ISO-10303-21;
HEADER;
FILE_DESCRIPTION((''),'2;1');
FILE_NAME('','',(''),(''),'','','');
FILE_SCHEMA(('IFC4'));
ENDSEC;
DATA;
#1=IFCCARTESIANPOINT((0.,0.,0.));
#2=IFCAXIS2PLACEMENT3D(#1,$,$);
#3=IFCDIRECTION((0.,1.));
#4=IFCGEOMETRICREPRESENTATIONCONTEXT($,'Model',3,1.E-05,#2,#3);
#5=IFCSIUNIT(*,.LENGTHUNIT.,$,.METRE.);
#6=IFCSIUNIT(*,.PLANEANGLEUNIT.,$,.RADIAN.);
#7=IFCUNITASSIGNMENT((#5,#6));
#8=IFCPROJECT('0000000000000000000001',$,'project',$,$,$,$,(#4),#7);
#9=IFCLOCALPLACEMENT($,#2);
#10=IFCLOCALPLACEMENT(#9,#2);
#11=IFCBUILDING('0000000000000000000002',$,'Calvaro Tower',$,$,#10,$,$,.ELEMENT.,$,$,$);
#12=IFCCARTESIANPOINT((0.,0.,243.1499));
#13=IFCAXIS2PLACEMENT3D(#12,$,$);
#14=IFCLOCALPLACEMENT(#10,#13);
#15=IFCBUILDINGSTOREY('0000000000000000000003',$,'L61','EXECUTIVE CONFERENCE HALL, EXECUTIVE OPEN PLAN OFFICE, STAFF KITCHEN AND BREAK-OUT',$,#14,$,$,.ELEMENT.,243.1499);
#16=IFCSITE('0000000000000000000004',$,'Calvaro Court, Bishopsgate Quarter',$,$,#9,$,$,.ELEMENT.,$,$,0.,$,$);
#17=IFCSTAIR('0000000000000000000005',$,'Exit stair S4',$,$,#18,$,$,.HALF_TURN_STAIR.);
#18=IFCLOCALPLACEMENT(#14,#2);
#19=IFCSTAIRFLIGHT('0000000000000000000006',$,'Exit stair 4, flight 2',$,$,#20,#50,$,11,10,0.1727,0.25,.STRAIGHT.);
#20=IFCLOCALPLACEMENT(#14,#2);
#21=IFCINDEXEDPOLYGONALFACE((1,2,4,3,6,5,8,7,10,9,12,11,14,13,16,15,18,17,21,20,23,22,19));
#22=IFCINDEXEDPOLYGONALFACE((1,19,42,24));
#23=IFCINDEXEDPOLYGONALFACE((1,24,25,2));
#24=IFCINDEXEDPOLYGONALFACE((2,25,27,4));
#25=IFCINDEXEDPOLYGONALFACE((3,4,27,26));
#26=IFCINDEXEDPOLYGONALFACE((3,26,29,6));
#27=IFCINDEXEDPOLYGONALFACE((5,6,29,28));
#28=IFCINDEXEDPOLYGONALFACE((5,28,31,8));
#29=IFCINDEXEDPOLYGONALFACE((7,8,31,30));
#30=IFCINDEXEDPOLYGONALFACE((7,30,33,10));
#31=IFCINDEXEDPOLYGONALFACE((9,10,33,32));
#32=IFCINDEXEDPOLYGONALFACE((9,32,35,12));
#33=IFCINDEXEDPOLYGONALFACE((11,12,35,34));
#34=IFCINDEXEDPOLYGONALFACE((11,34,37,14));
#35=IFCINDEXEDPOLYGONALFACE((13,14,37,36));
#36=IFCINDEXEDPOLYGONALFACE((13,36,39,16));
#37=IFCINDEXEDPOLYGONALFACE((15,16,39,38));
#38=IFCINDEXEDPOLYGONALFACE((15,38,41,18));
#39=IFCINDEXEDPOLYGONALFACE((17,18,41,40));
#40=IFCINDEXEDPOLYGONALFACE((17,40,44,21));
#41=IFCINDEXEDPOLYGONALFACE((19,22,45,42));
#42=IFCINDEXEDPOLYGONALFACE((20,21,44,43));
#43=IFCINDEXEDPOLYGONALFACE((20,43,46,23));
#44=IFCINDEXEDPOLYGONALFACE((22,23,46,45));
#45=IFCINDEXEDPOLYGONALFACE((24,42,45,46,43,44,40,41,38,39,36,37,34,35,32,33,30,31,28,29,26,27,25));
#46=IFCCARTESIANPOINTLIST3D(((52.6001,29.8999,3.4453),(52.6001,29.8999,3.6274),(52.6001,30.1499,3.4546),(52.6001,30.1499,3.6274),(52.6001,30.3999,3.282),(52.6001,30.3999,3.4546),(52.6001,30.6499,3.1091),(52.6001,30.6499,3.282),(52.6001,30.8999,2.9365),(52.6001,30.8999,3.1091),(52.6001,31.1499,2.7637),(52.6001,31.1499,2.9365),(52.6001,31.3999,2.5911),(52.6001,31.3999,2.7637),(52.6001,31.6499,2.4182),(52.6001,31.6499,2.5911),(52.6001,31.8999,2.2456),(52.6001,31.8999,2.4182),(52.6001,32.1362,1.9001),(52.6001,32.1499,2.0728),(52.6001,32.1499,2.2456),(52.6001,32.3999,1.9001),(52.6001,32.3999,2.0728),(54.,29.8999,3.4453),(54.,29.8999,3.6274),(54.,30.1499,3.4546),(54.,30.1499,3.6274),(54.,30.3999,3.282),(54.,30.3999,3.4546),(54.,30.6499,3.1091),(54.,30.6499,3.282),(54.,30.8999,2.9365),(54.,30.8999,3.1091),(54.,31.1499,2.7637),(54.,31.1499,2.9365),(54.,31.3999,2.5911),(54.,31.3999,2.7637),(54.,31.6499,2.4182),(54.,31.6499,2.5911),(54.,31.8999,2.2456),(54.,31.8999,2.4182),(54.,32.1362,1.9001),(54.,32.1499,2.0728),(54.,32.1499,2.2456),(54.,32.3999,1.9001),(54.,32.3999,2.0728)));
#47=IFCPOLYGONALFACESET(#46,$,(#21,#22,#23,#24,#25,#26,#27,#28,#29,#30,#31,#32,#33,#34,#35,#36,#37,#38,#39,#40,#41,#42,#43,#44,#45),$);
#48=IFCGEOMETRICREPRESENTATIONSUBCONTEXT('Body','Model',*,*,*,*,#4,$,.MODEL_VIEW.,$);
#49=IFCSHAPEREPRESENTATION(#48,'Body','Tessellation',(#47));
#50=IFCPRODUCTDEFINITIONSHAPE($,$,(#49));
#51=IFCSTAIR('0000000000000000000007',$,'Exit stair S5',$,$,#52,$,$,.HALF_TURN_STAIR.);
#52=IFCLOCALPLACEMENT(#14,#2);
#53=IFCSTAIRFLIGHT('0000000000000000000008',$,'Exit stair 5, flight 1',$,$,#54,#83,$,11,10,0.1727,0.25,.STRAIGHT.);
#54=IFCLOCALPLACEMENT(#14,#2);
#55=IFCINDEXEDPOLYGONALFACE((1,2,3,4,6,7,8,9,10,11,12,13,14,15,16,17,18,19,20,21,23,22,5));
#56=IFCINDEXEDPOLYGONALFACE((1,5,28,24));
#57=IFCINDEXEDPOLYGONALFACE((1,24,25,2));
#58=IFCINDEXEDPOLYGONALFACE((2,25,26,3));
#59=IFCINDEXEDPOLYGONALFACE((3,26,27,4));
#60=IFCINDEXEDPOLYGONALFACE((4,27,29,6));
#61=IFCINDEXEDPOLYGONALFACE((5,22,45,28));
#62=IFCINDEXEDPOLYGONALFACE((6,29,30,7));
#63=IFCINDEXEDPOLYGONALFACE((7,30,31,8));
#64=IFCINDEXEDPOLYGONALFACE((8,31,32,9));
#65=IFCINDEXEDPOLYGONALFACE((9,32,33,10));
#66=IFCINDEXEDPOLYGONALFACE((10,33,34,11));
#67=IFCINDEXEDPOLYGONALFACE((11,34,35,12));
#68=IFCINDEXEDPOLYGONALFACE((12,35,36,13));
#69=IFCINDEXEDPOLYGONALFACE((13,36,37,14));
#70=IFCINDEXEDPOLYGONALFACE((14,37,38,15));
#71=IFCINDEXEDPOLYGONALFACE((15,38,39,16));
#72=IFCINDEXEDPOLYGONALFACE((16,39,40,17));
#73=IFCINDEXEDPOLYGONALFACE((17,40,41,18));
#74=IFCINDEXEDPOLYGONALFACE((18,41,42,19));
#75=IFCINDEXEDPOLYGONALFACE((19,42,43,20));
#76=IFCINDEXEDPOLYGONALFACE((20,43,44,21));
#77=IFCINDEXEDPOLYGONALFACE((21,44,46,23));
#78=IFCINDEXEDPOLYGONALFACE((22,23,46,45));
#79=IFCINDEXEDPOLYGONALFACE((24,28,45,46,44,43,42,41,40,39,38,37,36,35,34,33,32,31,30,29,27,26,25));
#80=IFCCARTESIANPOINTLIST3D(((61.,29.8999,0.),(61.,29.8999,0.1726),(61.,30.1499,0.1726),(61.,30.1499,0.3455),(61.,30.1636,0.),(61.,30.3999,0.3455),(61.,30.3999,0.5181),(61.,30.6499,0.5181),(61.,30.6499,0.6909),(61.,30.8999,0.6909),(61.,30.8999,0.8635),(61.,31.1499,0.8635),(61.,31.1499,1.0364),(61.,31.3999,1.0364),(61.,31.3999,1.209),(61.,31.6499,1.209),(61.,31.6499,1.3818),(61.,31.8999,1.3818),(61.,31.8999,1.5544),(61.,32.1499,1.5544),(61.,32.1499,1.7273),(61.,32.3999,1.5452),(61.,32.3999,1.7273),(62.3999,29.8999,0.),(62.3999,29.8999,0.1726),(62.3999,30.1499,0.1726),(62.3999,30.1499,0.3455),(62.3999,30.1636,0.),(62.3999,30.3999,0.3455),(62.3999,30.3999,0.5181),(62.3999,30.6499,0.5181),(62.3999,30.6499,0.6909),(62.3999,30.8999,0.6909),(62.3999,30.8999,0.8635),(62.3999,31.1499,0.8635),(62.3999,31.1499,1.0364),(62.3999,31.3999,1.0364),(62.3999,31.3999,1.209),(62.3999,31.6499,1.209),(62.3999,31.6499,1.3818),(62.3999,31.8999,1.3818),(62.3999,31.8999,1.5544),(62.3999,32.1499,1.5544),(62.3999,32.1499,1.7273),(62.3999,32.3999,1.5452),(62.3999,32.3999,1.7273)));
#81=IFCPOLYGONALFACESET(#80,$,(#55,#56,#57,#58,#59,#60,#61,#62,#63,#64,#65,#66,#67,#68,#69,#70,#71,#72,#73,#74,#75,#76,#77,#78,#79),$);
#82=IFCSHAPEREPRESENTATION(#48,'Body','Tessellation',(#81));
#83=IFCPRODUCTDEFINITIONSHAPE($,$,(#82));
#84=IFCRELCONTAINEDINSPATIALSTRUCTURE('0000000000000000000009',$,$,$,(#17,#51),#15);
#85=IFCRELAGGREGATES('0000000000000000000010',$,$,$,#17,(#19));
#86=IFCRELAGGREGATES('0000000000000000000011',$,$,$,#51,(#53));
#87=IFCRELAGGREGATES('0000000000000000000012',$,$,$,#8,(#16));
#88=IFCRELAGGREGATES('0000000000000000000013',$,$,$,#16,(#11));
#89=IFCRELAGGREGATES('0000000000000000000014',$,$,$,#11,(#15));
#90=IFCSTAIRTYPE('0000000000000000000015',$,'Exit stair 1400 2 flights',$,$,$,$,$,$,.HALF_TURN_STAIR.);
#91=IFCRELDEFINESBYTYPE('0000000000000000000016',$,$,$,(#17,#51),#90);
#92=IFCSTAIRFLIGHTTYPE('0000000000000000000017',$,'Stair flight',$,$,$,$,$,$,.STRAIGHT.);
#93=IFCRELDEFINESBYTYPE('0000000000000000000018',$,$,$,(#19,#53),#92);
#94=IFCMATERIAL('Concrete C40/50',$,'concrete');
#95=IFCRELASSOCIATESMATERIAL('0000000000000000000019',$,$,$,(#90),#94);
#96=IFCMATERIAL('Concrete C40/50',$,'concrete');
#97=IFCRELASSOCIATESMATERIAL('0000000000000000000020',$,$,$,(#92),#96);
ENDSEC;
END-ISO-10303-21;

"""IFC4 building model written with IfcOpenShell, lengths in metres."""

from ifc_helpers import new_model, si_unit, direction, frame, origin, place, context, subcontext, project, spatial, polyline, outline, extrude, material, type_object, element, aggregate, save


model = new_model("IFC4")

# Units and contexts
model_context = context("Model", 3, precision=1e-05, world=origin(), true_north=direction((0.0, 1.0)))
body_context = subcontext(model_context, "Body", "Model", "MODEL_VIEW")
ifc_project = project(units=[si_unit("LENGTHUNIT", "METRE"), si_unit("PLANEANGLEUNIT", "RADIAN")], contexts=[model_context])

# Site, building, storey
site_placement = place(None, origin())
site = spatial("IfcSite", under=ifc_project, at=site_placement, Name="Calvaro Court, Bishopsgate Quarter", CompositionType="ELEMENT", RefElevation=0.0)
building_placement = place(site_placement, origin())
building = spatial("IfcBuilding", under=site, at=building_placement, Name="Calvaro Tower", CompositionType="ELEMENT")
storey_placement = place(building_placement, frame((0.0, 0.0, 243.1499)))
storey = spatial("IfcBuildingStorey", under=building, at=storey_placement, Name="L61", Description="EXECUTIVE CONFERENCE HALL, EXECUTIVE OPEN PLAN OFFICE, STAFF KITCHEN AND BREAK-OUT", CompositionType="ELEMENT", Elevation=243.1499)

# Stair, stair flight
ifc_material_1 = material(Name="Concrete C40/50", Category="concrete")
stair_type = type_object("IfcStairType", Name="Exit stair 1400 2 flights", PredefinedType="HALF_TURN_STAIR", material=ifc_material_1)
ifc_material_2 = material(Name="Concrete C40/50", Category="concrete")
stair_flight_type = type_object("IfcStairFlightType", Name="Stair flight", PredefinedType="STRAIGHT", material=ifc_material_2)
stair_1_placement = place(storey_placement, origin())
stair_1 = element("IfcStair", 1, at=stair_1_placement, inside=storey, type_object=stair_type, Name="Exit stair S4", PredefinedType="HALF_TURN_STAIR")
stair_flight_1_placement = place(storey_placement, frame((53.3, 32.3999, 1.9001), z_axis=(0.0, 0.0, 1.0), x_axis=(0.0, -1.0, 0.0)))
stair_flight_1 = element("IfcStairFlight", 2, at=stair_flight_1_placement, type_object=stair_flight_type, Name="Exit stair 4, flight 2", NumberOfRisers=11, NumberOfTreads=10, PredefinedType="STRAIGHT", RiserHeight=0.1727, TreadLength=0.25, context=body_context, shape_type="SweptSolid", body=[
    extrude(outline(polyline([(0.0, 0.0), (0.0, 0.1726), (0.25, 0.1726), (0.25, 0.3455), (0.5, 0.3455), (0.5, 0.5181), (0.75, 0.5181), (0.75, 0.6909), (1.0, 0.6909), (1.0, 0.8635), (1.25, 0.8635), (1.25, 1.0364), (1.5, 1.0364), (1.5, 1.209), (1.75, 1.209), (1.75, 1.3818), (2.0, 1.3818), (2.0, 1.5544), (2.25, 1.5544), (2.25, 1.7273), (2.5, 1.7273), (2.5, 1.8999), (2.5, 1.5452), (0.2637, 0.0), (0.0, 0.0)])), frame((0.0, 0.7, 0.0), z_axis=(0.0, -1.0, 0.0), x_axis=(1.0, 0.0, 0.0)), (0.0, 0.0, 1.0), 1.3999),
])

# Stair, stair flight
stair_2_placement = place(storey_placement, origin())
stair_2 = element("IfcStair", 3, at=stair_2_placement, inside=storey, type_object=stair_type, Name="Exit stair S5", PredefinedType="HALF_TURN_STAIR")
stair_flight_2_placement = place(storey_placement, frame((61.7, 29.8999, 0.0), z_axis=(0.0, 0.0, 1.0), x_axis=(0.0, 1.0, 0.0)))
stair_flight_2 = element("IfcStairFlight", 4, at=stair_flight_2_placement, type_object=stair_flight_type, Name="Exit stair 5, flight 1", NumberOfRisers=11, NumberOfTreads=10, PredefinedType="STRAIGHT", RiserHeight=0.1727, TreadLength=0.25, context=body_context, shape_type="SweptSolid", body=[
    extrude(outline(polyline([(0.0, 0.0), (0.0, 0.1726), (0.25, 0.1726), (0.25, 0.3455), (0.5, 0.3455), (0.5, 0.5181), (0.75, 0.5181), (0.75, 0.6909), (1.0, 0.6909), (1.0, 0.8635), (1.25, 0.8635), (1.25, 1.0364), (1.5, 1.0364), (1.5, 1.209), (1.75, 1.209), (1.75, 1.3818), (2.0, 1.3818), (2.0, 1.5544), (2.25, 1.5544), (2.25, 1.7273), (2.5, 1.7273), (2.5, 1.8999), (2.5, 1.5452), (0.2637, 0.0), (0.0, 0.0)])), frame((0.0, 0.7, 0.0), z_axis=(0.0, -1.0, 0.0), x_axis=(1.0, 0.0, 0.0)), (0.0, 0.0, 1.0), 1.3999),
])

aggregate(stair_1, [stair_flight_1])
aggregate(stair_2, [stair_flight_2])

save(model, "model.ifc")
